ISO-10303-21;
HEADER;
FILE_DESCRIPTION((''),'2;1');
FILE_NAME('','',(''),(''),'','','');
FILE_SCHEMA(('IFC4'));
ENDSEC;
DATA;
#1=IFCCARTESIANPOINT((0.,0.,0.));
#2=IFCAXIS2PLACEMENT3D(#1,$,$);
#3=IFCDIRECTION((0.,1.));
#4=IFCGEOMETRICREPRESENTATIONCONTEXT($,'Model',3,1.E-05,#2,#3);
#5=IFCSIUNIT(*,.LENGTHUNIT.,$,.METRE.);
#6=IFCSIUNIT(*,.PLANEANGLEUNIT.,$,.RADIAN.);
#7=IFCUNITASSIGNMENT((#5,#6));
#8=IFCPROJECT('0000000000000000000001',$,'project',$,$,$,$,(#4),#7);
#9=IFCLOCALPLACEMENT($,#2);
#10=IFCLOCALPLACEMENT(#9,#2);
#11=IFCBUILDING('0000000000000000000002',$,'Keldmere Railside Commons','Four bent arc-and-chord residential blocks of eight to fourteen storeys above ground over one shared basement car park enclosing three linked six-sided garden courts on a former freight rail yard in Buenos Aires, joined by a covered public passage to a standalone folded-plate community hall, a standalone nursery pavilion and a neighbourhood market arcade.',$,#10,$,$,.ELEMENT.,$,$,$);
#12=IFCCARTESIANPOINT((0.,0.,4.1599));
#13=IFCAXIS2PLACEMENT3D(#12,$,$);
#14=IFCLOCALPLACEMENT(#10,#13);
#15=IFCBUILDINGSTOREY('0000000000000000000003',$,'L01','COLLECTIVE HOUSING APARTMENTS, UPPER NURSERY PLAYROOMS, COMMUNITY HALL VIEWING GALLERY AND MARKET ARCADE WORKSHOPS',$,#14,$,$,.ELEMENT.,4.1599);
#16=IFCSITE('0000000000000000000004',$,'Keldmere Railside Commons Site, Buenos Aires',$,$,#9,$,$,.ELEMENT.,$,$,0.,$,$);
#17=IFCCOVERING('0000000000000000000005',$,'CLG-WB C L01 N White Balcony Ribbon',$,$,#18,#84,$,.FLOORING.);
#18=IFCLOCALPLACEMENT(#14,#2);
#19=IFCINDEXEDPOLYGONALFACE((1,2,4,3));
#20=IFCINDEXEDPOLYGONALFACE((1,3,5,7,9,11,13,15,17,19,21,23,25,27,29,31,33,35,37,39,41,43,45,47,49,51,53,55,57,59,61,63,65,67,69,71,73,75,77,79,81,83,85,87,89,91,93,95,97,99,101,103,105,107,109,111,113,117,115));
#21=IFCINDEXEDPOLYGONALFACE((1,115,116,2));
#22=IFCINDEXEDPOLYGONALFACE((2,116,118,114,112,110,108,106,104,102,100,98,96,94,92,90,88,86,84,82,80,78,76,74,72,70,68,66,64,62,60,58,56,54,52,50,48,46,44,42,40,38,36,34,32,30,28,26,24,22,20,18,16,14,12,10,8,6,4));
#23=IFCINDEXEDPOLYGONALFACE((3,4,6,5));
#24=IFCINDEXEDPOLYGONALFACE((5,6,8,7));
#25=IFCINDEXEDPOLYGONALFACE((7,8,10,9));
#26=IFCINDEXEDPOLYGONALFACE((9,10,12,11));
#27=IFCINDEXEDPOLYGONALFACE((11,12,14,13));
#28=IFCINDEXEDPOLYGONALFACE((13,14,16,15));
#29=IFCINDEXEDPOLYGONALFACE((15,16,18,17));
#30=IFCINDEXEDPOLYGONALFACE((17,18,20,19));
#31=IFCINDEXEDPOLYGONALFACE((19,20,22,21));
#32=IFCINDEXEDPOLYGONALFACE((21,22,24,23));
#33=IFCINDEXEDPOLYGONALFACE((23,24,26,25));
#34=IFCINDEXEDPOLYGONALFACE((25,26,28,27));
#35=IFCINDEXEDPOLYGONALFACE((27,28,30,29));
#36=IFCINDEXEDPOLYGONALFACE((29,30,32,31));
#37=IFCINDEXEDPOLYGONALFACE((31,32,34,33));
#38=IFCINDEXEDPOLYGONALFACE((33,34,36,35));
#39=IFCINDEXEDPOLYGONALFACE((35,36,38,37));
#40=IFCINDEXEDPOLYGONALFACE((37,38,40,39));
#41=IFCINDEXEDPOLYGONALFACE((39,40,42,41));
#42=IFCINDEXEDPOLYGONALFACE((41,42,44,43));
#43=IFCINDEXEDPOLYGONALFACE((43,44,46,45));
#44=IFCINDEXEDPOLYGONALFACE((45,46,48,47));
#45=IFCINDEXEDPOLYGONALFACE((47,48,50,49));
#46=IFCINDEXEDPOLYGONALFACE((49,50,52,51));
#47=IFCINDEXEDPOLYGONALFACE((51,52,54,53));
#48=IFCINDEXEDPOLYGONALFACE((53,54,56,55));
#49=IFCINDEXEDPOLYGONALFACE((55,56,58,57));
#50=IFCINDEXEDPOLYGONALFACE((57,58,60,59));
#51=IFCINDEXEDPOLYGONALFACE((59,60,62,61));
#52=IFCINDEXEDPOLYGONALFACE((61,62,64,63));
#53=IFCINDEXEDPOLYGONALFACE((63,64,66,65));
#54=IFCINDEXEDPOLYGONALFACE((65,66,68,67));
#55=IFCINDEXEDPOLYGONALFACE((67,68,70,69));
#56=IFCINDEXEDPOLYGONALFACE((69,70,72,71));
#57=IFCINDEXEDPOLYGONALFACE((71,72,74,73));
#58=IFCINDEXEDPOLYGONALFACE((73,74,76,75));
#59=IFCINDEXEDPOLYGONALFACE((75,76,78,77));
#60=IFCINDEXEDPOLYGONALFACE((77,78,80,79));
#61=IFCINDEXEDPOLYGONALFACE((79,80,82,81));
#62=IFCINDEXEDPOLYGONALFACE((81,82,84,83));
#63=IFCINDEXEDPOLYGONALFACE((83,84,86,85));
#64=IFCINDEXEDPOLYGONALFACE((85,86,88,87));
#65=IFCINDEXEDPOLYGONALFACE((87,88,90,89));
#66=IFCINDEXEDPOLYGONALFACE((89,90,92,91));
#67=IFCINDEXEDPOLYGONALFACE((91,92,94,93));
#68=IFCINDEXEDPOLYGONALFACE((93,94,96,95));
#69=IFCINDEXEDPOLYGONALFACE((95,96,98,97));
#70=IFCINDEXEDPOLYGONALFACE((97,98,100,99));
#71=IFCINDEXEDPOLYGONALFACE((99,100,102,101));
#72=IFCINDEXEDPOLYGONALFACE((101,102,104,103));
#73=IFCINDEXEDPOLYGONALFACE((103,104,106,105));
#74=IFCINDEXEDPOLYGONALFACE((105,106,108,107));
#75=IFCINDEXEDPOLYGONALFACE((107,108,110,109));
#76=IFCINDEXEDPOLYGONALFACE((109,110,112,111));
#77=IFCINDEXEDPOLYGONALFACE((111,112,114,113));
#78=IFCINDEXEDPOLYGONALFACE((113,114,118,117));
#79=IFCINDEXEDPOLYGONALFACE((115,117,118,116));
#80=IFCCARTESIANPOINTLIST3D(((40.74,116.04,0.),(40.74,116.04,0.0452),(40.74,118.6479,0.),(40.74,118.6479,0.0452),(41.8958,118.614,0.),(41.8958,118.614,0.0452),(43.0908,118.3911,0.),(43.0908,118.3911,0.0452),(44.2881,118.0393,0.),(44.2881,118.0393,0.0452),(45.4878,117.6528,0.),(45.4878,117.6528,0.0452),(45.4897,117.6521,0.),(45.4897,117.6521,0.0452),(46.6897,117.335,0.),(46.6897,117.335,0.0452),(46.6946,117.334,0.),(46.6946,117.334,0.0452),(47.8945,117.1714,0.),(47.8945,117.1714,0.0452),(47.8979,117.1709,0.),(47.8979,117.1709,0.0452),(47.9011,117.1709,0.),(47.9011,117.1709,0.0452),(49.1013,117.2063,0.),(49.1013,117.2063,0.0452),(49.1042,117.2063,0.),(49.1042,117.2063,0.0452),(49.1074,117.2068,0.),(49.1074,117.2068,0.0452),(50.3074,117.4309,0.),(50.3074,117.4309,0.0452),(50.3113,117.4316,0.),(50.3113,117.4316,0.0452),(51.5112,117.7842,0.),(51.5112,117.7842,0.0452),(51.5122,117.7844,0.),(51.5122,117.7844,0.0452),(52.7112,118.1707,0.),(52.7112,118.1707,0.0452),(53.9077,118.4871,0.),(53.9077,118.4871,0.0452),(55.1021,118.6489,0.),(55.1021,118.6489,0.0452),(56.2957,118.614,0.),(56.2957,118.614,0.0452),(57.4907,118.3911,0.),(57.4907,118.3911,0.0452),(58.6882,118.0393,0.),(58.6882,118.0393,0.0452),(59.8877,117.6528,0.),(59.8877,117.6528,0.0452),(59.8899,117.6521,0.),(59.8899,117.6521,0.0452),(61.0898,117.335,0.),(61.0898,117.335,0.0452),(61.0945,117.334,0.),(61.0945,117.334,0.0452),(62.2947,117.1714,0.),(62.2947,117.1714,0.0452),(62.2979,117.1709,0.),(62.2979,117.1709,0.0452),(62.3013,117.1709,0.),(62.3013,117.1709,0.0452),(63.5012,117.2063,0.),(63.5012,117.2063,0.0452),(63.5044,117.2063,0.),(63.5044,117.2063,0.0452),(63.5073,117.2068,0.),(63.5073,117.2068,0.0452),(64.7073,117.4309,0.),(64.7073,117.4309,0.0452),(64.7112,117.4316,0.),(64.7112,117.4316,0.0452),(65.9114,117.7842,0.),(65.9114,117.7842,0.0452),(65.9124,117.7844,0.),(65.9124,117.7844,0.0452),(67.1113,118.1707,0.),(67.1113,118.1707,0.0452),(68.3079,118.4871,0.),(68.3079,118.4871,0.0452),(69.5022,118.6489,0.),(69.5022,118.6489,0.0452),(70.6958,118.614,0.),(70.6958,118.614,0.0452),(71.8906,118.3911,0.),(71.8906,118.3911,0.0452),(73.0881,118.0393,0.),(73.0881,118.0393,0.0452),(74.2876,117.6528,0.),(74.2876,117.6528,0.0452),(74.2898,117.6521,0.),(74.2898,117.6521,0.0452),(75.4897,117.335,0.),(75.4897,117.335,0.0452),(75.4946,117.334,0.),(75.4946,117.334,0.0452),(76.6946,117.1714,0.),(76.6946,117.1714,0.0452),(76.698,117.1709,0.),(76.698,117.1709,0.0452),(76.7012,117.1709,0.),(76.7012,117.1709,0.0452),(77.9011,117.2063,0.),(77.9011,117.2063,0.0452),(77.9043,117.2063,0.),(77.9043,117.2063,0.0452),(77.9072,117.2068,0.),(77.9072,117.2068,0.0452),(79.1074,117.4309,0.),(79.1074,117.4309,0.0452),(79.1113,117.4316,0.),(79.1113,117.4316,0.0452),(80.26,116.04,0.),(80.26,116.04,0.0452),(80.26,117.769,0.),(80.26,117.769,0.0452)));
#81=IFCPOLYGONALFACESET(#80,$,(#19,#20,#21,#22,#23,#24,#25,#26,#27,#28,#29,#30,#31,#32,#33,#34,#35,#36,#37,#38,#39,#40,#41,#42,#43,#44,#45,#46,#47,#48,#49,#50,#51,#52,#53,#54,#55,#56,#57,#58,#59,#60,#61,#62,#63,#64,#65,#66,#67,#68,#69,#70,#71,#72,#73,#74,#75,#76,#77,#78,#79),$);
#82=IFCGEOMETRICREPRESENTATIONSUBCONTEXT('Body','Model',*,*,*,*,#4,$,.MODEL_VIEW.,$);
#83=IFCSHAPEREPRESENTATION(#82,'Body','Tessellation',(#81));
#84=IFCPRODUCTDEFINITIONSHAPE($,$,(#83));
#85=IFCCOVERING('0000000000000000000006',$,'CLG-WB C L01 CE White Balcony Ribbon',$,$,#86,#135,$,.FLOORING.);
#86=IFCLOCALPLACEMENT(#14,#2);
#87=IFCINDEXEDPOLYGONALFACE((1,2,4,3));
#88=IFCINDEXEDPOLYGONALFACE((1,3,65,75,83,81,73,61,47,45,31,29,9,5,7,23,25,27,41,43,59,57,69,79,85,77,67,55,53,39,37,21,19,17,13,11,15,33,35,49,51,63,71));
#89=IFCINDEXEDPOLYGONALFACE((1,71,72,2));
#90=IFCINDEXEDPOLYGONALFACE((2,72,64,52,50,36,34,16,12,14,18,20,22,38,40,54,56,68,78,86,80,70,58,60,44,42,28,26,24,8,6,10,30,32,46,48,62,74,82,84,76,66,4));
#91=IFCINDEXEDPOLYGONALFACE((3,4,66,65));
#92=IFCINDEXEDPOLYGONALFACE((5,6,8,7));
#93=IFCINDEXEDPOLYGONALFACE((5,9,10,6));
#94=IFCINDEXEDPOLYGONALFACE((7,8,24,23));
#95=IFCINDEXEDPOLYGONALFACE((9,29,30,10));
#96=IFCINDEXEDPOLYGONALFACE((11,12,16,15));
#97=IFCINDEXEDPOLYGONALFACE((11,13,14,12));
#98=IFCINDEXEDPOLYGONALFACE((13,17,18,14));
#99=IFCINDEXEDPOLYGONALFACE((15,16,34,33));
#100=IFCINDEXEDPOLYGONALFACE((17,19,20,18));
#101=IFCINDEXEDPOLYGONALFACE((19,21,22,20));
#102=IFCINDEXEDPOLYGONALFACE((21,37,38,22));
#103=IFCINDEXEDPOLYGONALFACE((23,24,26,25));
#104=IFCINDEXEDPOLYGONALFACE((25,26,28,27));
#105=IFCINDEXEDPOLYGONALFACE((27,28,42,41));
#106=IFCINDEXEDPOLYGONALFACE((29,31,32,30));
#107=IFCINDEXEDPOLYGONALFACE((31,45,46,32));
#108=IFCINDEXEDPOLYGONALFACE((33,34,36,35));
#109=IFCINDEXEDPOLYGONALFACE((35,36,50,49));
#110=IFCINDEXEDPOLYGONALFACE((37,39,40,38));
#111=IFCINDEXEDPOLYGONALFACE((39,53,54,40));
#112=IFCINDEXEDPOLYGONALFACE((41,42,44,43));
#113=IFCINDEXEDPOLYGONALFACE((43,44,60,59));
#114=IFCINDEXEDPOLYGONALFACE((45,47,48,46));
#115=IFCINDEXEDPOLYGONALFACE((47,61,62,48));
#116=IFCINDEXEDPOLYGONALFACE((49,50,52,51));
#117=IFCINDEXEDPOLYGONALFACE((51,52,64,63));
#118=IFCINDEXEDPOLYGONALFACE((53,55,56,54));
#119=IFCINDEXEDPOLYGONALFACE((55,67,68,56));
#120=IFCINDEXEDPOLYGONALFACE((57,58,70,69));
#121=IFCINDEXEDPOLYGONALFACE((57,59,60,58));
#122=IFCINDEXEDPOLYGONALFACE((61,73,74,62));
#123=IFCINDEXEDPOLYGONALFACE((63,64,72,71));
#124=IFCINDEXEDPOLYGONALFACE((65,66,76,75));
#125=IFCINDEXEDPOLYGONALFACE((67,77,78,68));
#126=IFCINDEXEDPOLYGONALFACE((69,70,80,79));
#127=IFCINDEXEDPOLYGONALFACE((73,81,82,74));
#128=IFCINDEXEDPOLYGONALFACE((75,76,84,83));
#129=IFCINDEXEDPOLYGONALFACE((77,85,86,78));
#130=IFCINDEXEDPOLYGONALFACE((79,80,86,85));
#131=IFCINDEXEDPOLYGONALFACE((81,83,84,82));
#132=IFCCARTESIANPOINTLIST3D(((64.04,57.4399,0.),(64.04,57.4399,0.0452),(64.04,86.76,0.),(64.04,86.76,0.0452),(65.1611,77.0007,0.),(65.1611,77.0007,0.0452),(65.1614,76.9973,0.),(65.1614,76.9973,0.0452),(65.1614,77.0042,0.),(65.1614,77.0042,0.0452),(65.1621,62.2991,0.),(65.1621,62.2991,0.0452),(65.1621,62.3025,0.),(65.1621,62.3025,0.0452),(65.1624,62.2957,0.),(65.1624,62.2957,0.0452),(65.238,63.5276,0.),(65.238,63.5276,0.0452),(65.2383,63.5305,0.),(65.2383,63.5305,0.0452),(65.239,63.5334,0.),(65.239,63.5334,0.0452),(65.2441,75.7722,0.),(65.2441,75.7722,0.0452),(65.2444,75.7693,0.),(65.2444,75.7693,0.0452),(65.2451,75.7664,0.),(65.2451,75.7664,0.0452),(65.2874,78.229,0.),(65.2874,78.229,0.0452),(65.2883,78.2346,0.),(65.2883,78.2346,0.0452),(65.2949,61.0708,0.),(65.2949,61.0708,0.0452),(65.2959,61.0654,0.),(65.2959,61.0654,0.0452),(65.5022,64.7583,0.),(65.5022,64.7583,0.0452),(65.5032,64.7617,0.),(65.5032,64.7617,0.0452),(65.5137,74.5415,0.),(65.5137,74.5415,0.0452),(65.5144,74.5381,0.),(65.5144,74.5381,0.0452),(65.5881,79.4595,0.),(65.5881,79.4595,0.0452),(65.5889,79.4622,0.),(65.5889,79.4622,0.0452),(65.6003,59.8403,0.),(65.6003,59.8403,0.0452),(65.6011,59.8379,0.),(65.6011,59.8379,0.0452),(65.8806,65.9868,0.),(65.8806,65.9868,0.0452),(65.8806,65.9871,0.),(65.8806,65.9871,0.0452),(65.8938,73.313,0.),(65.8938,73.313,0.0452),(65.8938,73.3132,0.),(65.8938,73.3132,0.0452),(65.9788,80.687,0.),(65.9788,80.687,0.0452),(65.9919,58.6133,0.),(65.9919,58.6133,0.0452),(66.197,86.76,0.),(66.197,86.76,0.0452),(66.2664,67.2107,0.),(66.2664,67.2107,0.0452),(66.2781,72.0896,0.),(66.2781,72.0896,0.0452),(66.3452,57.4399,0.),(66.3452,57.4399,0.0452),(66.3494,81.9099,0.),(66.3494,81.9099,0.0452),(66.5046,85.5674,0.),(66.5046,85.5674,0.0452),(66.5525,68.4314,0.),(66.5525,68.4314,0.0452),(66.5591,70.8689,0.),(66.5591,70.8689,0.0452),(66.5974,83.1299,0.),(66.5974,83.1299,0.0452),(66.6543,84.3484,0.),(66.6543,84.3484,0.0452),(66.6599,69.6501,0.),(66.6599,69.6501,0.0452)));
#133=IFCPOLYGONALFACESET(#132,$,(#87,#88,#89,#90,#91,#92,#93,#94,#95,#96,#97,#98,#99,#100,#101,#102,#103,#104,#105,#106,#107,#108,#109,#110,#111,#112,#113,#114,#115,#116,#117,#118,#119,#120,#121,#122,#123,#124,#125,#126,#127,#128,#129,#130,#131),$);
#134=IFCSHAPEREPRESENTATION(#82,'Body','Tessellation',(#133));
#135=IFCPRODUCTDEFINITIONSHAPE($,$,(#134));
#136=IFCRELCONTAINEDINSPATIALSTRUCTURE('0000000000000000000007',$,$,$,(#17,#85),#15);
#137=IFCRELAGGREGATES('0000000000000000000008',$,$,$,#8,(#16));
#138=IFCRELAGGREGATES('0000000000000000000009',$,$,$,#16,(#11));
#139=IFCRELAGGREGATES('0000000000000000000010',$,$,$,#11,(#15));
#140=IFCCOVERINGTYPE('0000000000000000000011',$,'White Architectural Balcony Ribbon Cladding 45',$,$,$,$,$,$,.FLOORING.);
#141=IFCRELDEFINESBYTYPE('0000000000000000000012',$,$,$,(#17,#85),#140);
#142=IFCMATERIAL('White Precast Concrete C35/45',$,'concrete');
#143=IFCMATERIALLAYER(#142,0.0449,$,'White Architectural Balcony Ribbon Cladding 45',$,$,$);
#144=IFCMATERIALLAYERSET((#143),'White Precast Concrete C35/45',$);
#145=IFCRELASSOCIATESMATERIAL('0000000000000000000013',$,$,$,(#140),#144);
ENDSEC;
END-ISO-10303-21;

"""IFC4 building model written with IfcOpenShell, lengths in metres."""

from ifc_helpers import new_model, si_unit, direction, frame, origin, place, context, subcontext, project, spatial, polyline, outline, extrude, material, layer, layer_set, type_object, element, save


model = new_model("IFC4")

# Units and contexts
model_context = context("Model", 3, precision=1e-05, world=origin(), true_north=direction((0.0, 1.0)))
body_context = subcontext(model_context, "Body", "Model", "MODEL_VIEW")
ifc_project = project(units=[si_unit("LENGTHUNIT", "METRE"), si_unit("PLANEANGLEUNIT", "RADIAN")], contexts=[model_context])

# Site, building, storey
site_placement = place(None, origin())
site = spatial("IfcSite", under=ifc_project, at=site_placement, Name="Keldmere Railside Commons Site, Buenos Aires", CompositionType="ELEMENT", RefElevation=0.0)
building_placement = place(site_placement, origin())
building = spatial("IfcBuilding", under=site, at=building_placement, Name="Keldmere Railside Commons", Description="Four bent arc-and-chord residential blocks of eight to fourteen storeys above ground over one shared basement car park enclosing three linked six-sided garden courts on a former freight rail yard in Buenos Aires, joined by a covered public passage to a standalone folded-plate community hall, a standalone nursery pavilion and a neighbourhood market arcade.", CompositionType="ELEMENT")
storey_placement = place(building_placement, frame((0.0, 0.0, 4.1599)))
storey = spatial("IfcBuildingStorey", under=building, at=storey_placement, Name="L01", Description="COLLECTIVE HOUSING APARTMENTS, UPPER NURSERY PLAYROOMS, COMMUNITY HALL VIEWING GALLERY AND MARKET ARCADE WORKSHOPS", CompositionType="ELEMENT", Elevation=4.1599)

# Coverings
ifc_material_1 = material(Name="White Precast Concrete C35/45", Category="concrete")
ifc_layer_1 = layer(ifc_material_1, 0.0449, Name="White Architectural Balcony Ribbon Cladding 45")
ifc_layer_set_1 = layer_set([ifc_layer_1], Name="White Precast Concrete C35/45")
covering_type = type_object("IfcCoveringType", Name="White Architectural Balcony Ribbon Cladding 45", PredefinedType="FLOORING", material=ifc_layer_set_1)
covering_1_placement = place(storey_placement, origin())
element("IfcCovering", 1, at=covering_1_placement, inside=storey, type_object=covering_type, Name="CLG-WB C L01 N White Balcony Ribbon", PredefinedType="FLOORING", context=body_context, shape_type="SweptSolid", body=[
    extrude(outline(polyline([(80.26, 116.04), (80.26, 117.769), (79.1113, 117.4316), (79.1074, 117.4309), (77.9072, 117.2068), (77.9043, 117.2063), (77.9011, 117.2063), (76.7012, 117.1709), (76.698, 117.1709), (76.6946, 117.1714), (75.4946, 117.334), (75.4897, 117.335), (74.2898, 117.6521), (74.2876, 117.6528), (73.0881, 118.0393), (71.8906, 118.3911), (70.6958, 118.614), (69.5022, 118.6489), (68.3079, 118.4871), (67.1113, 118.1707), (65.9124, 117.7844), (65.9114, 117.7842), (64.7112, 117.4316), (64.7073, 117.4309), (63.5073, 117.2068), (63.5044, 117.2063), (63.5012, 117.2063), (62.3013, 117.1709), (62.2979, 117.1709), (62.2947, 117.1714), (61.0945, 117.334), (61.0898, 117.335), (59.8899, 117.6521), (59.8877, 117.6528), (58.6882, 118.0393), (57.4907, 118.3911), (56.2957, 118.614), (55.1021, 118.6489), (53.9077, 118.4871), (52.7112, 118.1707), (51.5122, 117.7844), (51.5112, 117.7842), (50.3113, 117.4316), (50.3074, 117.4309), (49.1074, 117.2068), (49.1042, 117.2063), (49.1013, 117.2063), (47.9011, 117.1709), (47.8979, 117.1709), (47.8945, 117.1714), (46.6946, 117.334), (46.6897, 117.335), (45.4897, 117.6521), (45.4878, 117.6528), (44.2881, 118.0393), (43.0908, 118.3911), (41.8958, 118.614), (40.74, 118.6479), (40.74, 116.04), (80.26, 116.04)])), origin(), (0.0, 0.0, 1.0), 0.0452),
])
covering_2_placement = place(storey_placement, origin())
element("IfcCovering", 2, at=covering_2_placement, inside=storey, type_object=covering_type, Name="CLG-WB C L01 CE White Balcony Ribbon", PredefinedType="FLOORING", context=body_context, shape_type="SweptSolid", body=[
    extrude(outline(polyline([(65.9919, 58.6133), (65.6011, 59.8379), (65.6003, 59.8403), (65.2959, 61.0654), (65.2949, 61.0708), (65.1624, 62.2957), (65.1621, 62.2991), (65.1621, 62.3025), (65.238, 63.5276), (65.2383, 63.5305), (65.239, 63.5334), (65.5022, 64.7583), (65.5032, 64.7617), (65.8806, 65.9868), (65.8806, 65.9871), (66.2664, 67.2107), (66.5525, 68.4314), (66.6599, 69.6501), (66.5591, 70.8689), (66.2781, 72.0896), (65.8938, 73.313), (65.8938, 73.3132), (65.5144, 74.5381), (65.5137, 74.5415), (65.2451, 75.7664), (65.2444, 75.7693), (65.2441, 75.7722), (65.1614, 76.9973), (65.1611, 77.0007), (65.1614, 77.0042), (65.2874, 78.229), (65.2883, 78.2346), (65.5881, 79.4595), (65.5889, 79.4622), (65.9788, 80.687), (66.3494, 81.9099), (66.5974, 83.1299), (66.6543, 84.3484), (66.5046, 85.5674), (66.197, 86.76), (64.04, 86.76), (64.04, 57.4399), (66.3452, 57.4399), (65.9919, 58.6133)])), origin(), (0.0, 0.0, 1.0), 0.0452),
])

save(model, "model.ifc")
